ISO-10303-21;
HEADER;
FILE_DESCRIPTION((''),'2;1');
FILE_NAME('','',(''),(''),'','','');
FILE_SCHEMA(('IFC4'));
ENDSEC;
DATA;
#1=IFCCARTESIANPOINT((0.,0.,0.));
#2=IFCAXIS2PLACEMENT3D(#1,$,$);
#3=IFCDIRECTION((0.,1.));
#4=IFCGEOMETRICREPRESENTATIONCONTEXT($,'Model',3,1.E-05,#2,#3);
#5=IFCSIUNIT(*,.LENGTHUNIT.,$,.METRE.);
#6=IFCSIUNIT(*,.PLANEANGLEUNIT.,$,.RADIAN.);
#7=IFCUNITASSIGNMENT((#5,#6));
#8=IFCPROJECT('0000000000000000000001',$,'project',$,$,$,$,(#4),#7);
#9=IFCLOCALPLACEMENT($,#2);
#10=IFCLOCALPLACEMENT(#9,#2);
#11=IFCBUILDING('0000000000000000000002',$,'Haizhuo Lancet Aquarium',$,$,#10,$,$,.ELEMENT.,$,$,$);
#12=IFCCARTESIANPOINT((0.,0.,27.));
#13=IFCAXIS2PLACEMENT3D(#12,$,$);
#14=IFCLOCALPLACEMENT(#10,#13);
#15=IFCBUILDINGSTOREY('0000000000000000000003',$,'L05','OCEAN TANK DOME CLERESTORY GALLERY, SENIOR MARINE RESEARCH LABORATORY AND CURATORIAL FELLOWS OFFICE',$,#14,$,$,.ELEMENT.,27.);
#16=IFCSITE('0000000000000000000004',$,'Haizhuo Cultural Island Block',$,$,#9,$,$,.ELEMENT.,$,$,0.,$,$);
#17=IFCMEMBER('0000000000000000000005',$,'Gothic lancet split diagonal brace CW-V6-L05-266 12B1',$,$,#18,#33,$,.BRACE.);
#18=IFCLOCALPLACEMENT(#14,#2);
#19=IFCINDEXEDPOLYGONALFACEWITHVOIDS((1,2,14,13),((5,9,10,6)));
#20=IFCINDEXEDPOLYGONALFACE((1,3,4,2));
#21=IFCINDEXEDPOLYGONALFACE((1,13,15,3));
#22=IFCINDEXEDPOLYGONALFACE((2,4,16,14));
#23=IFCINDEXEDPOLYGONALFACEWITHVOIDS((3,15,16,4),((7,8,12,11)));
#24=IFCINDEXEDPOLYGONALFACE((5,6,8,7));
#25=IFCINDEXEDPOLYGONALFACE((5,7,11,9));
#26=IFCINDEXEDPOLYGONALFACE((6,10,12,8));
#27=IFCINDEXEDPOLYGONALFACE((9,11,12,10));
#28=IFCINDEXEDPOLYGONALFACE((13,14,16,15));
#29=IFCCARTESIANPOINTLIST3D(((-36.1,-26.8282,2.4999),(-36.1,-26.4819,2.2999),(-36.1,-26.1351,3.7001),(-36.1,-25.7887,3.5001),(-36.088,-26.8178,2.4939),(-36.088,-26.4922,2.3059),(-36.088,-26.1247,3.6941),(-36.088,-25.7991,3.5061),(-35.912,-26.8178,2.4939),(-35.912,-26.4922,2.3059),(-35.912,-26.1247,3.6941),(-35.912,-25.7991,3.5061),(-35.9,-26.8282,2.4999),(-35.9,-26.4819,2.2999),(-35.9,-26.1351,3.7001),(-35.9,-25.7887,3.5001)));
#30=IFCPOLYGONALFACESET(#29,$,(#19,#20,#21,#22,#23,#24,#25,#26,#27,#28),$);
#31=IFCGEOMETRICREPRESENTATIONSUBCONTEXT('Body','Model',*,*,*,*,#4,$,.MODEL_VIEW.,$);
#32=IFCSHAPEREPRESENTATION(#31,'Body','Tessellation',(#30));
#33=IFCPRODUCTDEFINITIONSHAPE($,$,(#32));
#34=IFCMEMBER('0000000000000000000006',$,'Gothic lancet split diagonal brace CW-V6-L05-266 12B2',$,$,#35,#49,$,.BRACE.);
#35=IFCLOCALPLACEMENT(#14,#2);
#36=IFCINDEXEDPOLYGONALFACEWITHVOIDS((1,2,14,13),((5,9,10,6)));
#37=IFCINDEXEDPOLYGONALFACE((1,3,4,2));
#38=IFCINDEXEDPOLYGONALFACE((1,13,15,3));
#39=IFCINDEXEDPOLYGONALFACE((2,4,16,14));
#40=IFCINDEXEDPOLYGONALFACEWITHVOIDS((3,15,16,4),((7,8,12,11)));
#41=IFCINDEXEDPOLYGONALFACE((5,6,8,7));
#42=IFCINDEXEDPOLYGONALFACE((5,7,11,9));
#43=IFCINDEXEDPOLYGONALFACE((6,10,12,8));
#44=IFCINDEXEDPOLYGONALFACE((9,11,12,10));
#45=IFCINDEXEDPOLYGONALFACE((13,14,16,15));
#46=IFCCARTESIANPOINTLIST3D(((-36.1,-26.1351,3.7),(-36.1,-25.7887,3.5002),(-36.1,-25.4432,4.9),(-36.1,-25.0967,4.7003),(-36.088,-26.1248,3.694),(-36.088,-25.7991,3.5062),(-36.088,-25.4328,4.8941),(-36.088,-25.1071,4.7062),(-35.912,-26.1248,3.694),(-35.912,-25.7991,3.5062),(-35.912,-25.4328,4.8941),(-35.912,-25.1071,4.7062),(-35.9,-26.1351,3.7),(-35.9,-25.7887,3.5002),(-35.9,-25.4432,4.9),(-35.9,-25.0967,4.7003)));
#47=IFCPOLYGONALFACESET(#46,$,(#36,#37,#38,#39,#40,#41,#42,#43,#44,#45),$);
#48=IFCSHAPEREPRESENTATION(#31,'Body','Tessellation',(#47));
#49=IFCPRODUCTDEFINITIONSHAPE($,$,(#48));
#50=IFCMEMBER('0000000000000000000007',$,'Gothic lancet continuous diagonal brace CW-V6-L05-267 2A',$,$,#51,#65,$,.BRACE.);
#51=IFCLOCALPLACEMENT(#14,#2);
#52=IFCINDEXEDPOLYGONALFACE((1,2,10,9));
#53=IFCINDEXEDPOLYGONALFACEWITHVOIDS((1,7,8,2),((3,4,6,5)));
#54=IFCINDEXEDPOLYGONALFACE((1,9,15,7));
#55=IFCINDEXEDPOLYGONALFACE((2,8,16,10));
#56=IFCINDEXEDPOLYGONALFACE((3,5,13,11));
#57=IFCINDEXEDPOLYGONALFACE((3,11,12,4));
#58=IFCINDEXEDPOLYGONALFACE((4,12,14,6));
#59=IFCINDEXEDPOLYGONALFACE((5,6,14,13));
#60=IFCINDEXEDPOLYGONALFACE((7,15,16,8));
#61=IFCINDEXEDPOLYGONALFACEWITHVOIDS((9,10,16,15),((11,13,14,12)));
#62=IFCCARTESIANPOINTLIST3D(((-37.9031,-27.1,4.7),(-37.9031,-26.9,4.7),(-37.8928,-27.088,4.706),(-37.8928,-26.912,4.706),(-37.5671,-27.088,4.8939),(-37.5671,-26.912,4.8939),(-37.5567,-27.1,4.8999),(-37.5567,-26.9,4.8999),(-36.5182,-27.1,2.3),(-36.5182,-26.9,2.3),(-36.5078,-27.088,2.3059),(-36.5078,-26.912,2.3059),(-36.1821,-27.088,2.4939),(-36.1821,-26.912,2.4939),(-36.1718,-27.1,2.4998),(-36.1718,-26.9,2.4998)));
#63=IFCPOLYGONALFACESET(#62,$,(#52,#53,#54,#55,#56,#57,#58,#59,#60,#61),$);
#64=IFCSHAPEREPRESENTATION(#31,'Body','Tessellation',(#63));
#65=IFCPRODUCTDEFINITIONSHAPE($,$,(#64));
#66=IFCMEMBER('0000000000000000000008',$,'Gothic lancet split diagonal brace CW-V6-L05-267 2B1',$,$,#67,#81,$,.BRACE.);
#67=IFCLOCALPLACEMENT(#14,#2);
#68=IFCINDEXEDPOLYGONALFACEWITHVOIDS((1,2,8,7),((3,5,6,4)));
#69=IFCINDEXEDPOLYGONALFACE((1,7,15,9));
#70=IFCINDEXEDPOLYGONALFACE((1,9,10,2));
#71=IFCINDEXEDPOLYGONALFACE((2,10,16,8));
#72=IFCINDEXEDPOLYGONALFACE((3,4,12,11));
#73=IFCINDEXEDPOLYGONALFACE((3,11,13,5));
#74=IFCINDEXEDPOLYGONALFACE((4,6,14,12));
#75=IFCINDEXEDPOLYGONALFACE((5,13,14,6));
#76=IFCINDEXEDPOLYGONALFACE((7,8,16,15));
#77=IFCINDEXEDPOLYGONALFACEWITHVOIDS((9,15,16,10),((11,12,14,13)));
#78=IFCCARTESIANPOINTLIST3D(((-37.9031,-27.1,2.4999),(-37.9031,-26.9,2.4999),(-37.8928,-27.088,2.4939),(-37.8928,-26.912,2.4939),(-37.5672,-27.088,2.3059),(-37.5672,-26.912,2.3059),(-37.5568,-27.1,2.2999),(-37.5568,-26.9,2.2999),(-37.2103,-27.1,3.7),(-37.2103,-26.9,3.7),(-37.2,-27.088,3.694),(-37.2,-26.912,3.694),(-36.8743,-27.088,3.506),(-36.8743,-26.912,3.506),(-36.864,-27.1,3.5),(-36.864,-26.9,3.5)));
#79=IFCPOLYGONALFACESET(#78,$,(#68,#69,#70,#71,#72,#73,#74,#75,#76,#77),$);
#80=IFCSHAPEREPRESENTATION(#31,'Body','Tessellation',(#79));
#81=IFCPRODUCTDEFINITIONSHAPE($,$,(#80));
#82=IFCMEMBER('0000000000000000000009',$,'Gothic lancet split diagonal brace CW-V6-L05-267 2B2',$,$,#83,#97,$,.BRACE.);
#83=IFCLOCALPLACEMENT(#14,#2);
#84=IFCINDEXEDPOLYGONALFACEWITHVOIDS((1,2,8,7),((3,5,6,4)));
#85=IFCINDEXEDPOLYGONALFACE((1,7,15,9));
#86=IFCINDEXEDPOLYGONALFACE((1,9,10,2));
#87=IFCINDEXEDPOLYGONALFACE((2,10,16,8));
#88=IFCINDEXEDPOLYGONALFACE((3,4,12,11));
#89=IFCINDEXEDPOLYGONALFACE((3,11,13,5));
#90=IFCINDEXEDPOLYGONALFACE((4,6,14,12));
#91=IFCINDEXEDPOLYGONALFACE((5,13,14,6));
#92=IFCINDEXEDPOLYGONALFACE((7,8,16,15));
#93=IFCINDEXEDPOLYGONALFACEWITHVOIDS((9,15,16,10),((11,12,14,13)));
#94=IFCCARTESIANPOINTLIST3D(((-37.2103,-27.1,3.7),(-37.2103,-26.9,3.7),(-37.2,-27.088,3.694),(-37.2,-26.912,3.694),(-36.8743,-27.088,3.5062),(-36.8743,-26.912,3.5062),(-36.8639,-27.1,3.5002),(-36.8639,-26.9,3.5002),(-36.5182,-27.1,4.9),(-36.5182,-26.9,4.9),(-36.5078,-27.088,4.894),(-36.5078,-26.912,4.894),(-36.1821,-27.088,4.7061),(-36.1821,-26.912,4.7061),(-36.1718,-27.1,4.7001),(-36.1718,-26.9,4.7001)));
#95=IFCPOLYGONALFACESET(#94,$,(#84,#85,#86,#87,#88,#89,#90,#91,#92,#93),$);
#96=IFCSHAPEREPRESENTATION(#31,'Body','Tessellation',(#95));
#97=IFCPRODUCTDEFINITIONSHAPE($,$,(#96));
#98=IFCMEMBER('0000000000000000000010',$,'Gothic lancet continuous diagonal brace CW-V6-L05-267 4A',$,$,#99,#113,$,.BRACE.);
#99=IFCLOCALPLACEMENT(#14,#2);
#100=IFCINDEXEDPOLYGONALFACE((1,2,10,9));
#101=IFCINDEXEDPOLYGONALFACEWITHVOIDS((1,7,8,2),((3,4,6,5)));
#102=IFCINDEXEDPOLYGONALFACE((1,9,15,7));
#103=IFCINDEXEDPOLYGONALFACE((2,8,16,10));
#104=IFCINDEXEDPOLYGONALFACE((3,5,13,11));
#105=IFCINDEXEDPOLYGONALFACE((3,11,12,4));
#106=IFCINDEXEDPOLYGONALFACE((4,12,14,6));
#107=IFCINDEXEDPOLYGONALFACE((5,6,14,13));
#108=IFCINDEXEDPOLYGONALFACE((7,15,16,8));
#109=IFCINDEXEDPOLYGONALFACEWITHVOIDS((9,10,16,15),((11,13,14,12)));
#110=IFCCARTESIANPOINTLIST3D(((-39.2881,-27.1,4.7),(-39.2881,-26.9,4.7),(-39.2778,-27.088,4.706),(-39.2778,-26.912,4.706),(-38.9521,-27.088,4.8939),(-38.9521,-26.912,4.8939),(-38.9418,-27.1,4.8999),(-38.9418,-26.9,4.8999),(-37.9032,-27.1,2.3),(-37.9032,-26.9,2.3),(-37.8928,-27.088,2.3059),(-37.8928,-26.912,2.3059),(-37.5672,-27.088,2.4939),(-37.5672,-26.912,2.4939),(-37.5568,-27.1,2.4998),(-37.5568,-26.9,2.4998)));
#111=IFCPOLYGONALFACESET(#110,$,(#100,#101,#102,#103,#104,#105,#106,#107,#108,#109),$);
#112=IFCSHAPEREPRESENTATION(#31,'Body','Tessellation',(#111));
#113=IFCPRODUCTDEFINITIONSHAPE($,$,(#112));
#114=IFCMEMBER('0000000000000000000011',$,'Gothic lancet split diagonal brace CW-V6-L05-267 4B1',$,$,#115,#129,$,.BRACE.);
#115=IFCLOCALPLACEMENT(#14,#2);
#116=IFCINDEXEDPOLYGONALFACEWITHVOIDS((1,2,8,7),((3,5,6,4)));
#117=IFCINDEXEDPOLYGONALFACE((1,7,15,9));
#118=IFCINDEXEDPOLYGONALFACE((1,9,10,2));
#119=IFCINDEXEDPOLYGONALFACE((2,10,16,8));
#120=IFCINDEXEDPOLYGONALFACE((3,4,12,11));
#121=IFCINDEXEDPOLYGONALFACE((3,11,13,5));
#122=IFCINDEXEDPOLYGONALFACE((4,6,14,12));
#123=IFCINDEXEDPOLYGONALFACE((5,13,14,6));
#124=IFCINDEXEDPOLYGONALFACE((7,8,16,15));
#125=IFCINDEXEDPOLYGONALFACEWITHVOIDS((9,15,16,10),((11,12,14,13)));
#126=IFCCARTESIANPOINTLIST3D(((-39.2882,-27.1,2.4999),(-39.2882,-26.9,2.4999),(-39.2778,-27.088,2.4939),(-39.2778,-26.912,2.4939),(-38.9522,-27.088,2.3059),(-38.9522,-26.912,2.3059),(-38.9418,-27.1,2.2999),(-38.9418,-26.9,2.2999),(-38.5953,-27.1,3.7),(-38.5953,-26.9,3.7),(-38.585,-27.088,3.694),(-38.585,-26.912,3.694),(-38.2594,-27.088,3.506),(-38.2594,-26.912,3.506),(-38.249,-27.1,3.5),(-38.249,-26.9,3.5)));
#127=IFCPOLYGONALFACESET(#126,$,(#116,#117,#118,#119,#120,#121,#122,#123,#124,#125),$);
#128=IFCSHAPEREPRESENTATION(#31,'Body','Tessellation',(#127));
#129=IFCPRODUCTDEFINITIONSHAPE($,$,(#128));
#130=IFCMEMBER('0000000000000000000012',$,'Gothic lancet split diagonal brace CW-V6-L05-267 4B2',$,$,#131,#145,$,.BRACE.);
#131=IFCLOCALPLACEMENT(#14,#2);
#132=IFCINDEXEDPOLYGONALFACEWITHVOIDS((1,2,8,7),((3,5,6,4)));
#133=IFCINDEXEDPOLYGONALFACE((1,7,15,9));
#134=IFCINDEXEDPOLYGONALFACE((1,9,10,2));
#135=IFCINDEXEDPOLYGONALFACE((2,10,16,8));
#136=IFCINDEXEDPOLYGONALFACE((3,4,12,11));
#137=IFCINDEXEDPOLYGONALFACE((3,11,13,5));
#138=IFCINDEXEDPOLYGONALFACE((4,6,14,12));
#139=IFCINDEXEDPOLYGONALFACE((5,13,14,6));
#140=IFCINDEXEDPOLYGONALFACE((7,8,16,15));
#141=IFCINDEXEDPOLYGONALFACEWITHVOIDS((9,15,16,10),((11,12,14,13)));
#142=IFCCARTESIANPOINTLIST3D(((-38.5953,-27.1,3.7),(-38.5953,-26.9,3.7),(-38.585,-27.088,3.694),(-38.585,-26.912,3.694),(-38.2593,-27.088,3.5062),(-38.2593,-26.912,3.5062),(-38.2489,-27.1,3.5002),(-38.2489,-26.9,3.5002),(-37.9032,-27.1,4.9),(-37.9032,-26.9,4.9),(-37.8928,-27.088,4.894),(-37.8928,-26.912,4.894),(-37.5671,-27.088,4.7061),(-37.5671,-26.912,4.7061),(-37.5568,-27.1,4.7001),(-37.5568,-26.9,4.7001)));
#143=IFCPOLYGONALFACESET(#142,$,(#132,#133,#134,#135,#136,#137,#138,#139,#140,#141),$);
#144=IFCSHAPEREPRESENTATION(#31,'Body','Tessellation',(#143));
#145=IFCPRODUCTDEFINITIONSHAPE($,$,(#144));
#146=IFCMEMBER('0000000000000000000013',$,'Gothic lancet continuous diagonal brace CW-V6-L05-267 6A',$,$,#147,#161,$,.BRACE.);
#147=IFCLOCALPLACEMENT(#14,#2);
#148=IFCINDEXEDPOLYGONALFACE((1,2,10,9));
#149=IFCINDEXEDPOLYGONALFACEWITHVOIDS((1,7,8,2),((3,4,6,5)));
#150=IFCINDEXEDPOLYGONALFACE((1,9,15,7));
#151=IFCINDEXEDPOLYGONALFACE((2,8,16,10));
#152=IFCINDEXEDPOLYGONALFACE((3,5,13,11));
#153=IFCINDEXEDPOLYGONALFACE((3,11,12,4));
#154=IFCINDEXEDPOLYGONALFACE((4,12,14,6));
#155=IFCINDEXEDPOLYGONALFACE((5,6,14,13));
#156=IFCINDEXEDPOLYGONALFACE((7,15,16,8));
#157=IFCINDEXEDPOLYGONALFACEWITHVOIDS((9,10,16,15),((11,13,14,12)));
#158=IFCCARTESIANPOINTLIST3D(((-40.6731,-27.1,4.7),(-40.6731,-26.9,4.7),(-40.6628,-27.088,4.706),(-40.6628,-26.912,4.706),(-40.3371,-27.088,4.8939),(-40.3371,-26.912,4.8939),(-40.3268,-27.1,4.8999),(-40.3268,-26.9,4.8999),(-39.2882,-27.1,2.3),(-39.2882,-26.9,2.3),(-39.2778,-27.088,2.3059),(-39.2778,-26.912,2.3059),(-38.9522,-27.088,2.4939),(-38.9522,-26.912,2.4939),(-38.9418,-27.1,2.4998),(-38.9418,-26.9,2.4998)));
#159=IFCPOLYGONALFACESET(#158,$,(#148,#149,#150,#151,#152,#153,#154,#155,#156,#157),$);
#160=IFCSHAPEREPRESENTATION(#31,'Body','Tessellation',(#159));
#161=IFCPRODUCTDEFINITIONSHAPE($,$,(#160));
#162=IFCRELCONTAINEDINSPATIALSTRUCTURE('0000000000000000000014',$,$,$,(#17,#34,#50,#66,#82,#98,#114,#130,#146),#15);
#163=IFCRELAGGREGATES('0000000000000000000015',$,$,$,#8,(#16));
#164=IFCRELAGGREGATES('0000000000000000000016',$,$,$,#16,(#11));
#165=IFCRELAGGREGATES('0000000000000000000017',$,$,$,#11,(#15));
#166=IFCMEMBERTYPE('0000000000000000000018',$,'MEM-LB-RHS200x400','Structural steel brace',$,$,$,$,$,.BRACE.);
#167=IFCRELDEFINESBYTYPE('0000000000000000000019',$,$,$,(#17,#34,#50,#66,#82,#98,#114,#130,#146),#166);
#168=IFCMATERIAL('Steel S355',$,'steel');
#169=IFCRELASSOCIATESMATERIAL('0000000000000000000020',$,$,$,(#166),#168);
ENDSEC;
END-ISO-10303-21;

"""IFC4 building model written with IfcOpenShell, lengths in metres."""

from ifc_helpers import new_model, si_unit, direction, frame, origin, origin_2d, place, context, subcontext, project, spatial, hollow_rectangle, extrude, material, material_profile, profile_set, type_object, element, save


model = new_model("IFC4")

# Units and contexts
model_context = context("Model", 3, precision=1e-05, world=origin(), true_north=direction((0.0, 1.0)))
body_context = subcontext(model_context, "Body", "Model", "MODEL_VIEW")
ifc_project = project(units=[si_unit("LENGTHUNIT", "METRE"), si_unit("PLANEANGLEUNIT", "RADIAN")], contexts=[model_context])

# Site, building, storey
site_placement = place(None, origin())
site = spatial("IfcSite", under=ifc_project, at=site_placement, Name="Haizhuo Cultural Island Block", CompositionType="ELEMENT", RefElevation=0.0)
building_placement = place(site_placement, origin())
building = spatial("IfcBuilding", under=site, at=building_placement, Name="Haizhuo Lancet Aquarium", CompositionType="ELEMENT")
storey_placement = place(building_placement, frame((0.0, 0.0, 27.0)))
storey = spatial("IfcBuildingStorey", under=building, at=storey_placement, Name="L05", Description="OCEAN TANK DOME CLERESTORY GALLERY, SENIOR MARINE RESEARCH LABORATORY AND CURATORIAL FELLOWS OFFICE", CompositionType="ELEMENT", Elevation=27.0)

# Shared definitions
ifc_material_1 = material(Name="Steel S355", Category="steel")

# Members
ifc_material_profile_1 = material_profile(ifc_material_1, hollow_rectangle(XDim=0.2, YDim=0.3999, WallThickness=0.012, at=origin_2d()), Name="RHS 200x400x12")
ifc_profile_set_1 = profile_set([ifc_material_profile_1], Name="Steel S355")
member_type_1 = type_object("IfcMemberType", Name="MEM-LB-RHS200x400", Description="Structural steel brace", PredefinedType="BRACE", material=ifc_profile_set_1)
member_1_placement = place(storey_placement, frame((-36.0, -26.655, 2.3999), z_axis=(0.0, 0.500099, 0.865968), x_axis=(-1.0, 0.0, 0.0)))
element("IfcMember", 1, at=member_1_placement, inside=storey, type_object=member_type_1, Name="Gothic lancet split diagonal brace CW-V6-L05-266 12B1", PredefinedType="BRACE", context=body_context, shape_type="SweptSolid", body=[
    extrude(hollow_rectangle(XDim=0.2, YDim=0.3999, WallThickness=0.012, at=origin_2d()), origin(), (0.0, 0.0, 1.0), 1.386),
])
member_2_placement = place(storey_placement, frame((-36.0, -25.9619, 3.6001), z_axis=(0.0, 0.499514, 0.866306), x_axis=(-1.0, 0.0, 0.0)))
element("IfcMember", 2, at=member_2_placement, inside=storey, type_object=member_type_1, Name="Gothic lancet split diagonal brace CW-V6-L05-266 12B2", PredefinedType="BRACE", context=body_context, shape_type="SweptSolid", body=[
    extrude(hollow_rectangle(XDim=0.2, YDim=0.3999, WallThickness=0.012, at=origin_2d()), origin(), (0.0, 0.0, 1.0), 1.3853),
])
member_3_placement = place(storey_placement, frame((-36.345, -27.0, 2.3999), z_axis=(-0.499806, 0.0, 0.866137), x_axis=(0.0, -1.0, 0.0)))
element("IfcMember", 3, at=member_3_placement, inside=storey, type_object=member_type_1, Name="Gothic lancet continuous diagonal brace CW-V6-L05-267 2A", PredefinedType="BRACE", context=body_context, shape_type="SweptSolid", body=[
    extrude(hollow_rectangle(XDim=0.2, YDim=0.3999, WallThickness=0.012, at=origin_2d()), origin(), (0.0, 0.0, 1.0), 2.771),
])
member_4_placement = place(storey_placement, frame((-37.73, -27.0, 2.3999), z_axis=(0.499966, 0.0, 0.866045), x_axis=(0.0, 1.0, 0.0)))
element("IfcMember", 4, at=member_4_placement, inside=storey, type_object=member_type_1, Name="Gothic lancet split diagonal brace CW-V6-L05-267 2B1", PredefinedType="BRACE", context=body_context, shape_type="SweptSolid", body=[
    extrude(hollow_rectangle(XDim=0.2, YDim=0.3999, WallThickness=0.012, at=origin_2d()), origin(), (0.0, 0.0, 1.0), 1.3857),
])
member_5_placement = place(storey_placement, frame((-37.0371, -27.0, 3.6001), z_axis=(0.499646, 0.0, 0.86623), x_axis=(0.0, 1.0, 0.0)))
element("IfcMember", 5, at=member_5_placement, inside=storey, type_object=member_type_1, Name="Gothic lancet split diagonal brace CW-V6-L05-267 2B2", PredefinedType="BRACE", context=body_context, shape_type="SweptSolid", body=[
    extrude(hollow_rectangle(XDim=0.2, YDim=0.3999, WallThickness=0.012, at=origin_2d()), origin(), (0.0, 0.0, 1.0), 1.3853),
])
member_6_placement = place(storey_placement, frame((-37.73, -27.0, 2.3999), z_axis=(-0.499806, 0.0, 0.866137), x_axis=(0.0, -1.0, 0.0)))
element("IfcMember", 6, at=member_6_placement, inside=storey, type_object=member_type_1, Name="Gothic lancet continuous diagonal brace CW-V6-L05-267 4A", PredefinedType="BRACE", context=body_context, shape_type="SweptSolid", body=[
    extrude(hollow_rectangle(XDim=0.2, YDim=0.3999, WallThickness=0.012, at=origin_2d()), origin(), (0.0, 0.0, 1.0), 2.771),
])
member_7_placement = place(storey_placement, frame((-39.115, -27.0, 2.3999), z_axis=(0.499966, 0.0, 0.866045), x_axis=(0.0, 1.0, 0.0)))
element("IfcMember", 7, at=member_7_placement, inside=storey, type_object=member_type_1, Name="Gothic lancet split diagonal brace CW-V6-L05-267 4B1", PredefinedType="BRACE", context=body_context, shape_type="SweptSolid", body=[
    extrude(hollow_rectangle(XDim=0.2, YDim=0.3999, WallThickness=0.012, at=origin_2d()), origin(), (0.0, 0.0, 1.0), 1.3857),
])
member_8_placement = place(storey_placement, frame((-38.4221, -27.0, 3.6001), z_axis=(0.499646, 0.0, 0.86623), x_axis=(0.0, 1.0, 0.0)))
element("IfcMember", 8, at=member_8_placement, inside=storey, type_object=member_type_1, Name="Gothic lancet split diagonal brace CW-V6-L05-267 4B2", PredefinedType="BRACE", context=body_context, shape_type="SweptSolid", body=[
    extrude(hollow_rectangle(XDim=0.2, YDim=0.3999, WallThickness=0.012, at=origin_2d()), origin(), (0.0, 0.0, 1.0), 1.3853),
])
member_9_placement = place(storey_placement, frame((-39.115, -27.0, 2.3999), z_axis=(-0.499806, 0.0, 0.866137), x_axis=(0.0, -1.0, 0.0)))
element("IfcMember", 9, at=member_9_placement, inside=storey, type_object=member_type_1, Name="Gothic lancet continuous diagonal brace CW-V6-L05-267 6A", PredefinedType="BRACE", context=body_context, shape_type="SweptSolid", body=[
    extrude(hollow_rectangle(XDim=0.2, YDim=0.3999, WallThickness=0.012, at=origin_2d()), origin(), (0.0, 0.0, 1.0), 2.771),
])

save(model, "model.ifc")
